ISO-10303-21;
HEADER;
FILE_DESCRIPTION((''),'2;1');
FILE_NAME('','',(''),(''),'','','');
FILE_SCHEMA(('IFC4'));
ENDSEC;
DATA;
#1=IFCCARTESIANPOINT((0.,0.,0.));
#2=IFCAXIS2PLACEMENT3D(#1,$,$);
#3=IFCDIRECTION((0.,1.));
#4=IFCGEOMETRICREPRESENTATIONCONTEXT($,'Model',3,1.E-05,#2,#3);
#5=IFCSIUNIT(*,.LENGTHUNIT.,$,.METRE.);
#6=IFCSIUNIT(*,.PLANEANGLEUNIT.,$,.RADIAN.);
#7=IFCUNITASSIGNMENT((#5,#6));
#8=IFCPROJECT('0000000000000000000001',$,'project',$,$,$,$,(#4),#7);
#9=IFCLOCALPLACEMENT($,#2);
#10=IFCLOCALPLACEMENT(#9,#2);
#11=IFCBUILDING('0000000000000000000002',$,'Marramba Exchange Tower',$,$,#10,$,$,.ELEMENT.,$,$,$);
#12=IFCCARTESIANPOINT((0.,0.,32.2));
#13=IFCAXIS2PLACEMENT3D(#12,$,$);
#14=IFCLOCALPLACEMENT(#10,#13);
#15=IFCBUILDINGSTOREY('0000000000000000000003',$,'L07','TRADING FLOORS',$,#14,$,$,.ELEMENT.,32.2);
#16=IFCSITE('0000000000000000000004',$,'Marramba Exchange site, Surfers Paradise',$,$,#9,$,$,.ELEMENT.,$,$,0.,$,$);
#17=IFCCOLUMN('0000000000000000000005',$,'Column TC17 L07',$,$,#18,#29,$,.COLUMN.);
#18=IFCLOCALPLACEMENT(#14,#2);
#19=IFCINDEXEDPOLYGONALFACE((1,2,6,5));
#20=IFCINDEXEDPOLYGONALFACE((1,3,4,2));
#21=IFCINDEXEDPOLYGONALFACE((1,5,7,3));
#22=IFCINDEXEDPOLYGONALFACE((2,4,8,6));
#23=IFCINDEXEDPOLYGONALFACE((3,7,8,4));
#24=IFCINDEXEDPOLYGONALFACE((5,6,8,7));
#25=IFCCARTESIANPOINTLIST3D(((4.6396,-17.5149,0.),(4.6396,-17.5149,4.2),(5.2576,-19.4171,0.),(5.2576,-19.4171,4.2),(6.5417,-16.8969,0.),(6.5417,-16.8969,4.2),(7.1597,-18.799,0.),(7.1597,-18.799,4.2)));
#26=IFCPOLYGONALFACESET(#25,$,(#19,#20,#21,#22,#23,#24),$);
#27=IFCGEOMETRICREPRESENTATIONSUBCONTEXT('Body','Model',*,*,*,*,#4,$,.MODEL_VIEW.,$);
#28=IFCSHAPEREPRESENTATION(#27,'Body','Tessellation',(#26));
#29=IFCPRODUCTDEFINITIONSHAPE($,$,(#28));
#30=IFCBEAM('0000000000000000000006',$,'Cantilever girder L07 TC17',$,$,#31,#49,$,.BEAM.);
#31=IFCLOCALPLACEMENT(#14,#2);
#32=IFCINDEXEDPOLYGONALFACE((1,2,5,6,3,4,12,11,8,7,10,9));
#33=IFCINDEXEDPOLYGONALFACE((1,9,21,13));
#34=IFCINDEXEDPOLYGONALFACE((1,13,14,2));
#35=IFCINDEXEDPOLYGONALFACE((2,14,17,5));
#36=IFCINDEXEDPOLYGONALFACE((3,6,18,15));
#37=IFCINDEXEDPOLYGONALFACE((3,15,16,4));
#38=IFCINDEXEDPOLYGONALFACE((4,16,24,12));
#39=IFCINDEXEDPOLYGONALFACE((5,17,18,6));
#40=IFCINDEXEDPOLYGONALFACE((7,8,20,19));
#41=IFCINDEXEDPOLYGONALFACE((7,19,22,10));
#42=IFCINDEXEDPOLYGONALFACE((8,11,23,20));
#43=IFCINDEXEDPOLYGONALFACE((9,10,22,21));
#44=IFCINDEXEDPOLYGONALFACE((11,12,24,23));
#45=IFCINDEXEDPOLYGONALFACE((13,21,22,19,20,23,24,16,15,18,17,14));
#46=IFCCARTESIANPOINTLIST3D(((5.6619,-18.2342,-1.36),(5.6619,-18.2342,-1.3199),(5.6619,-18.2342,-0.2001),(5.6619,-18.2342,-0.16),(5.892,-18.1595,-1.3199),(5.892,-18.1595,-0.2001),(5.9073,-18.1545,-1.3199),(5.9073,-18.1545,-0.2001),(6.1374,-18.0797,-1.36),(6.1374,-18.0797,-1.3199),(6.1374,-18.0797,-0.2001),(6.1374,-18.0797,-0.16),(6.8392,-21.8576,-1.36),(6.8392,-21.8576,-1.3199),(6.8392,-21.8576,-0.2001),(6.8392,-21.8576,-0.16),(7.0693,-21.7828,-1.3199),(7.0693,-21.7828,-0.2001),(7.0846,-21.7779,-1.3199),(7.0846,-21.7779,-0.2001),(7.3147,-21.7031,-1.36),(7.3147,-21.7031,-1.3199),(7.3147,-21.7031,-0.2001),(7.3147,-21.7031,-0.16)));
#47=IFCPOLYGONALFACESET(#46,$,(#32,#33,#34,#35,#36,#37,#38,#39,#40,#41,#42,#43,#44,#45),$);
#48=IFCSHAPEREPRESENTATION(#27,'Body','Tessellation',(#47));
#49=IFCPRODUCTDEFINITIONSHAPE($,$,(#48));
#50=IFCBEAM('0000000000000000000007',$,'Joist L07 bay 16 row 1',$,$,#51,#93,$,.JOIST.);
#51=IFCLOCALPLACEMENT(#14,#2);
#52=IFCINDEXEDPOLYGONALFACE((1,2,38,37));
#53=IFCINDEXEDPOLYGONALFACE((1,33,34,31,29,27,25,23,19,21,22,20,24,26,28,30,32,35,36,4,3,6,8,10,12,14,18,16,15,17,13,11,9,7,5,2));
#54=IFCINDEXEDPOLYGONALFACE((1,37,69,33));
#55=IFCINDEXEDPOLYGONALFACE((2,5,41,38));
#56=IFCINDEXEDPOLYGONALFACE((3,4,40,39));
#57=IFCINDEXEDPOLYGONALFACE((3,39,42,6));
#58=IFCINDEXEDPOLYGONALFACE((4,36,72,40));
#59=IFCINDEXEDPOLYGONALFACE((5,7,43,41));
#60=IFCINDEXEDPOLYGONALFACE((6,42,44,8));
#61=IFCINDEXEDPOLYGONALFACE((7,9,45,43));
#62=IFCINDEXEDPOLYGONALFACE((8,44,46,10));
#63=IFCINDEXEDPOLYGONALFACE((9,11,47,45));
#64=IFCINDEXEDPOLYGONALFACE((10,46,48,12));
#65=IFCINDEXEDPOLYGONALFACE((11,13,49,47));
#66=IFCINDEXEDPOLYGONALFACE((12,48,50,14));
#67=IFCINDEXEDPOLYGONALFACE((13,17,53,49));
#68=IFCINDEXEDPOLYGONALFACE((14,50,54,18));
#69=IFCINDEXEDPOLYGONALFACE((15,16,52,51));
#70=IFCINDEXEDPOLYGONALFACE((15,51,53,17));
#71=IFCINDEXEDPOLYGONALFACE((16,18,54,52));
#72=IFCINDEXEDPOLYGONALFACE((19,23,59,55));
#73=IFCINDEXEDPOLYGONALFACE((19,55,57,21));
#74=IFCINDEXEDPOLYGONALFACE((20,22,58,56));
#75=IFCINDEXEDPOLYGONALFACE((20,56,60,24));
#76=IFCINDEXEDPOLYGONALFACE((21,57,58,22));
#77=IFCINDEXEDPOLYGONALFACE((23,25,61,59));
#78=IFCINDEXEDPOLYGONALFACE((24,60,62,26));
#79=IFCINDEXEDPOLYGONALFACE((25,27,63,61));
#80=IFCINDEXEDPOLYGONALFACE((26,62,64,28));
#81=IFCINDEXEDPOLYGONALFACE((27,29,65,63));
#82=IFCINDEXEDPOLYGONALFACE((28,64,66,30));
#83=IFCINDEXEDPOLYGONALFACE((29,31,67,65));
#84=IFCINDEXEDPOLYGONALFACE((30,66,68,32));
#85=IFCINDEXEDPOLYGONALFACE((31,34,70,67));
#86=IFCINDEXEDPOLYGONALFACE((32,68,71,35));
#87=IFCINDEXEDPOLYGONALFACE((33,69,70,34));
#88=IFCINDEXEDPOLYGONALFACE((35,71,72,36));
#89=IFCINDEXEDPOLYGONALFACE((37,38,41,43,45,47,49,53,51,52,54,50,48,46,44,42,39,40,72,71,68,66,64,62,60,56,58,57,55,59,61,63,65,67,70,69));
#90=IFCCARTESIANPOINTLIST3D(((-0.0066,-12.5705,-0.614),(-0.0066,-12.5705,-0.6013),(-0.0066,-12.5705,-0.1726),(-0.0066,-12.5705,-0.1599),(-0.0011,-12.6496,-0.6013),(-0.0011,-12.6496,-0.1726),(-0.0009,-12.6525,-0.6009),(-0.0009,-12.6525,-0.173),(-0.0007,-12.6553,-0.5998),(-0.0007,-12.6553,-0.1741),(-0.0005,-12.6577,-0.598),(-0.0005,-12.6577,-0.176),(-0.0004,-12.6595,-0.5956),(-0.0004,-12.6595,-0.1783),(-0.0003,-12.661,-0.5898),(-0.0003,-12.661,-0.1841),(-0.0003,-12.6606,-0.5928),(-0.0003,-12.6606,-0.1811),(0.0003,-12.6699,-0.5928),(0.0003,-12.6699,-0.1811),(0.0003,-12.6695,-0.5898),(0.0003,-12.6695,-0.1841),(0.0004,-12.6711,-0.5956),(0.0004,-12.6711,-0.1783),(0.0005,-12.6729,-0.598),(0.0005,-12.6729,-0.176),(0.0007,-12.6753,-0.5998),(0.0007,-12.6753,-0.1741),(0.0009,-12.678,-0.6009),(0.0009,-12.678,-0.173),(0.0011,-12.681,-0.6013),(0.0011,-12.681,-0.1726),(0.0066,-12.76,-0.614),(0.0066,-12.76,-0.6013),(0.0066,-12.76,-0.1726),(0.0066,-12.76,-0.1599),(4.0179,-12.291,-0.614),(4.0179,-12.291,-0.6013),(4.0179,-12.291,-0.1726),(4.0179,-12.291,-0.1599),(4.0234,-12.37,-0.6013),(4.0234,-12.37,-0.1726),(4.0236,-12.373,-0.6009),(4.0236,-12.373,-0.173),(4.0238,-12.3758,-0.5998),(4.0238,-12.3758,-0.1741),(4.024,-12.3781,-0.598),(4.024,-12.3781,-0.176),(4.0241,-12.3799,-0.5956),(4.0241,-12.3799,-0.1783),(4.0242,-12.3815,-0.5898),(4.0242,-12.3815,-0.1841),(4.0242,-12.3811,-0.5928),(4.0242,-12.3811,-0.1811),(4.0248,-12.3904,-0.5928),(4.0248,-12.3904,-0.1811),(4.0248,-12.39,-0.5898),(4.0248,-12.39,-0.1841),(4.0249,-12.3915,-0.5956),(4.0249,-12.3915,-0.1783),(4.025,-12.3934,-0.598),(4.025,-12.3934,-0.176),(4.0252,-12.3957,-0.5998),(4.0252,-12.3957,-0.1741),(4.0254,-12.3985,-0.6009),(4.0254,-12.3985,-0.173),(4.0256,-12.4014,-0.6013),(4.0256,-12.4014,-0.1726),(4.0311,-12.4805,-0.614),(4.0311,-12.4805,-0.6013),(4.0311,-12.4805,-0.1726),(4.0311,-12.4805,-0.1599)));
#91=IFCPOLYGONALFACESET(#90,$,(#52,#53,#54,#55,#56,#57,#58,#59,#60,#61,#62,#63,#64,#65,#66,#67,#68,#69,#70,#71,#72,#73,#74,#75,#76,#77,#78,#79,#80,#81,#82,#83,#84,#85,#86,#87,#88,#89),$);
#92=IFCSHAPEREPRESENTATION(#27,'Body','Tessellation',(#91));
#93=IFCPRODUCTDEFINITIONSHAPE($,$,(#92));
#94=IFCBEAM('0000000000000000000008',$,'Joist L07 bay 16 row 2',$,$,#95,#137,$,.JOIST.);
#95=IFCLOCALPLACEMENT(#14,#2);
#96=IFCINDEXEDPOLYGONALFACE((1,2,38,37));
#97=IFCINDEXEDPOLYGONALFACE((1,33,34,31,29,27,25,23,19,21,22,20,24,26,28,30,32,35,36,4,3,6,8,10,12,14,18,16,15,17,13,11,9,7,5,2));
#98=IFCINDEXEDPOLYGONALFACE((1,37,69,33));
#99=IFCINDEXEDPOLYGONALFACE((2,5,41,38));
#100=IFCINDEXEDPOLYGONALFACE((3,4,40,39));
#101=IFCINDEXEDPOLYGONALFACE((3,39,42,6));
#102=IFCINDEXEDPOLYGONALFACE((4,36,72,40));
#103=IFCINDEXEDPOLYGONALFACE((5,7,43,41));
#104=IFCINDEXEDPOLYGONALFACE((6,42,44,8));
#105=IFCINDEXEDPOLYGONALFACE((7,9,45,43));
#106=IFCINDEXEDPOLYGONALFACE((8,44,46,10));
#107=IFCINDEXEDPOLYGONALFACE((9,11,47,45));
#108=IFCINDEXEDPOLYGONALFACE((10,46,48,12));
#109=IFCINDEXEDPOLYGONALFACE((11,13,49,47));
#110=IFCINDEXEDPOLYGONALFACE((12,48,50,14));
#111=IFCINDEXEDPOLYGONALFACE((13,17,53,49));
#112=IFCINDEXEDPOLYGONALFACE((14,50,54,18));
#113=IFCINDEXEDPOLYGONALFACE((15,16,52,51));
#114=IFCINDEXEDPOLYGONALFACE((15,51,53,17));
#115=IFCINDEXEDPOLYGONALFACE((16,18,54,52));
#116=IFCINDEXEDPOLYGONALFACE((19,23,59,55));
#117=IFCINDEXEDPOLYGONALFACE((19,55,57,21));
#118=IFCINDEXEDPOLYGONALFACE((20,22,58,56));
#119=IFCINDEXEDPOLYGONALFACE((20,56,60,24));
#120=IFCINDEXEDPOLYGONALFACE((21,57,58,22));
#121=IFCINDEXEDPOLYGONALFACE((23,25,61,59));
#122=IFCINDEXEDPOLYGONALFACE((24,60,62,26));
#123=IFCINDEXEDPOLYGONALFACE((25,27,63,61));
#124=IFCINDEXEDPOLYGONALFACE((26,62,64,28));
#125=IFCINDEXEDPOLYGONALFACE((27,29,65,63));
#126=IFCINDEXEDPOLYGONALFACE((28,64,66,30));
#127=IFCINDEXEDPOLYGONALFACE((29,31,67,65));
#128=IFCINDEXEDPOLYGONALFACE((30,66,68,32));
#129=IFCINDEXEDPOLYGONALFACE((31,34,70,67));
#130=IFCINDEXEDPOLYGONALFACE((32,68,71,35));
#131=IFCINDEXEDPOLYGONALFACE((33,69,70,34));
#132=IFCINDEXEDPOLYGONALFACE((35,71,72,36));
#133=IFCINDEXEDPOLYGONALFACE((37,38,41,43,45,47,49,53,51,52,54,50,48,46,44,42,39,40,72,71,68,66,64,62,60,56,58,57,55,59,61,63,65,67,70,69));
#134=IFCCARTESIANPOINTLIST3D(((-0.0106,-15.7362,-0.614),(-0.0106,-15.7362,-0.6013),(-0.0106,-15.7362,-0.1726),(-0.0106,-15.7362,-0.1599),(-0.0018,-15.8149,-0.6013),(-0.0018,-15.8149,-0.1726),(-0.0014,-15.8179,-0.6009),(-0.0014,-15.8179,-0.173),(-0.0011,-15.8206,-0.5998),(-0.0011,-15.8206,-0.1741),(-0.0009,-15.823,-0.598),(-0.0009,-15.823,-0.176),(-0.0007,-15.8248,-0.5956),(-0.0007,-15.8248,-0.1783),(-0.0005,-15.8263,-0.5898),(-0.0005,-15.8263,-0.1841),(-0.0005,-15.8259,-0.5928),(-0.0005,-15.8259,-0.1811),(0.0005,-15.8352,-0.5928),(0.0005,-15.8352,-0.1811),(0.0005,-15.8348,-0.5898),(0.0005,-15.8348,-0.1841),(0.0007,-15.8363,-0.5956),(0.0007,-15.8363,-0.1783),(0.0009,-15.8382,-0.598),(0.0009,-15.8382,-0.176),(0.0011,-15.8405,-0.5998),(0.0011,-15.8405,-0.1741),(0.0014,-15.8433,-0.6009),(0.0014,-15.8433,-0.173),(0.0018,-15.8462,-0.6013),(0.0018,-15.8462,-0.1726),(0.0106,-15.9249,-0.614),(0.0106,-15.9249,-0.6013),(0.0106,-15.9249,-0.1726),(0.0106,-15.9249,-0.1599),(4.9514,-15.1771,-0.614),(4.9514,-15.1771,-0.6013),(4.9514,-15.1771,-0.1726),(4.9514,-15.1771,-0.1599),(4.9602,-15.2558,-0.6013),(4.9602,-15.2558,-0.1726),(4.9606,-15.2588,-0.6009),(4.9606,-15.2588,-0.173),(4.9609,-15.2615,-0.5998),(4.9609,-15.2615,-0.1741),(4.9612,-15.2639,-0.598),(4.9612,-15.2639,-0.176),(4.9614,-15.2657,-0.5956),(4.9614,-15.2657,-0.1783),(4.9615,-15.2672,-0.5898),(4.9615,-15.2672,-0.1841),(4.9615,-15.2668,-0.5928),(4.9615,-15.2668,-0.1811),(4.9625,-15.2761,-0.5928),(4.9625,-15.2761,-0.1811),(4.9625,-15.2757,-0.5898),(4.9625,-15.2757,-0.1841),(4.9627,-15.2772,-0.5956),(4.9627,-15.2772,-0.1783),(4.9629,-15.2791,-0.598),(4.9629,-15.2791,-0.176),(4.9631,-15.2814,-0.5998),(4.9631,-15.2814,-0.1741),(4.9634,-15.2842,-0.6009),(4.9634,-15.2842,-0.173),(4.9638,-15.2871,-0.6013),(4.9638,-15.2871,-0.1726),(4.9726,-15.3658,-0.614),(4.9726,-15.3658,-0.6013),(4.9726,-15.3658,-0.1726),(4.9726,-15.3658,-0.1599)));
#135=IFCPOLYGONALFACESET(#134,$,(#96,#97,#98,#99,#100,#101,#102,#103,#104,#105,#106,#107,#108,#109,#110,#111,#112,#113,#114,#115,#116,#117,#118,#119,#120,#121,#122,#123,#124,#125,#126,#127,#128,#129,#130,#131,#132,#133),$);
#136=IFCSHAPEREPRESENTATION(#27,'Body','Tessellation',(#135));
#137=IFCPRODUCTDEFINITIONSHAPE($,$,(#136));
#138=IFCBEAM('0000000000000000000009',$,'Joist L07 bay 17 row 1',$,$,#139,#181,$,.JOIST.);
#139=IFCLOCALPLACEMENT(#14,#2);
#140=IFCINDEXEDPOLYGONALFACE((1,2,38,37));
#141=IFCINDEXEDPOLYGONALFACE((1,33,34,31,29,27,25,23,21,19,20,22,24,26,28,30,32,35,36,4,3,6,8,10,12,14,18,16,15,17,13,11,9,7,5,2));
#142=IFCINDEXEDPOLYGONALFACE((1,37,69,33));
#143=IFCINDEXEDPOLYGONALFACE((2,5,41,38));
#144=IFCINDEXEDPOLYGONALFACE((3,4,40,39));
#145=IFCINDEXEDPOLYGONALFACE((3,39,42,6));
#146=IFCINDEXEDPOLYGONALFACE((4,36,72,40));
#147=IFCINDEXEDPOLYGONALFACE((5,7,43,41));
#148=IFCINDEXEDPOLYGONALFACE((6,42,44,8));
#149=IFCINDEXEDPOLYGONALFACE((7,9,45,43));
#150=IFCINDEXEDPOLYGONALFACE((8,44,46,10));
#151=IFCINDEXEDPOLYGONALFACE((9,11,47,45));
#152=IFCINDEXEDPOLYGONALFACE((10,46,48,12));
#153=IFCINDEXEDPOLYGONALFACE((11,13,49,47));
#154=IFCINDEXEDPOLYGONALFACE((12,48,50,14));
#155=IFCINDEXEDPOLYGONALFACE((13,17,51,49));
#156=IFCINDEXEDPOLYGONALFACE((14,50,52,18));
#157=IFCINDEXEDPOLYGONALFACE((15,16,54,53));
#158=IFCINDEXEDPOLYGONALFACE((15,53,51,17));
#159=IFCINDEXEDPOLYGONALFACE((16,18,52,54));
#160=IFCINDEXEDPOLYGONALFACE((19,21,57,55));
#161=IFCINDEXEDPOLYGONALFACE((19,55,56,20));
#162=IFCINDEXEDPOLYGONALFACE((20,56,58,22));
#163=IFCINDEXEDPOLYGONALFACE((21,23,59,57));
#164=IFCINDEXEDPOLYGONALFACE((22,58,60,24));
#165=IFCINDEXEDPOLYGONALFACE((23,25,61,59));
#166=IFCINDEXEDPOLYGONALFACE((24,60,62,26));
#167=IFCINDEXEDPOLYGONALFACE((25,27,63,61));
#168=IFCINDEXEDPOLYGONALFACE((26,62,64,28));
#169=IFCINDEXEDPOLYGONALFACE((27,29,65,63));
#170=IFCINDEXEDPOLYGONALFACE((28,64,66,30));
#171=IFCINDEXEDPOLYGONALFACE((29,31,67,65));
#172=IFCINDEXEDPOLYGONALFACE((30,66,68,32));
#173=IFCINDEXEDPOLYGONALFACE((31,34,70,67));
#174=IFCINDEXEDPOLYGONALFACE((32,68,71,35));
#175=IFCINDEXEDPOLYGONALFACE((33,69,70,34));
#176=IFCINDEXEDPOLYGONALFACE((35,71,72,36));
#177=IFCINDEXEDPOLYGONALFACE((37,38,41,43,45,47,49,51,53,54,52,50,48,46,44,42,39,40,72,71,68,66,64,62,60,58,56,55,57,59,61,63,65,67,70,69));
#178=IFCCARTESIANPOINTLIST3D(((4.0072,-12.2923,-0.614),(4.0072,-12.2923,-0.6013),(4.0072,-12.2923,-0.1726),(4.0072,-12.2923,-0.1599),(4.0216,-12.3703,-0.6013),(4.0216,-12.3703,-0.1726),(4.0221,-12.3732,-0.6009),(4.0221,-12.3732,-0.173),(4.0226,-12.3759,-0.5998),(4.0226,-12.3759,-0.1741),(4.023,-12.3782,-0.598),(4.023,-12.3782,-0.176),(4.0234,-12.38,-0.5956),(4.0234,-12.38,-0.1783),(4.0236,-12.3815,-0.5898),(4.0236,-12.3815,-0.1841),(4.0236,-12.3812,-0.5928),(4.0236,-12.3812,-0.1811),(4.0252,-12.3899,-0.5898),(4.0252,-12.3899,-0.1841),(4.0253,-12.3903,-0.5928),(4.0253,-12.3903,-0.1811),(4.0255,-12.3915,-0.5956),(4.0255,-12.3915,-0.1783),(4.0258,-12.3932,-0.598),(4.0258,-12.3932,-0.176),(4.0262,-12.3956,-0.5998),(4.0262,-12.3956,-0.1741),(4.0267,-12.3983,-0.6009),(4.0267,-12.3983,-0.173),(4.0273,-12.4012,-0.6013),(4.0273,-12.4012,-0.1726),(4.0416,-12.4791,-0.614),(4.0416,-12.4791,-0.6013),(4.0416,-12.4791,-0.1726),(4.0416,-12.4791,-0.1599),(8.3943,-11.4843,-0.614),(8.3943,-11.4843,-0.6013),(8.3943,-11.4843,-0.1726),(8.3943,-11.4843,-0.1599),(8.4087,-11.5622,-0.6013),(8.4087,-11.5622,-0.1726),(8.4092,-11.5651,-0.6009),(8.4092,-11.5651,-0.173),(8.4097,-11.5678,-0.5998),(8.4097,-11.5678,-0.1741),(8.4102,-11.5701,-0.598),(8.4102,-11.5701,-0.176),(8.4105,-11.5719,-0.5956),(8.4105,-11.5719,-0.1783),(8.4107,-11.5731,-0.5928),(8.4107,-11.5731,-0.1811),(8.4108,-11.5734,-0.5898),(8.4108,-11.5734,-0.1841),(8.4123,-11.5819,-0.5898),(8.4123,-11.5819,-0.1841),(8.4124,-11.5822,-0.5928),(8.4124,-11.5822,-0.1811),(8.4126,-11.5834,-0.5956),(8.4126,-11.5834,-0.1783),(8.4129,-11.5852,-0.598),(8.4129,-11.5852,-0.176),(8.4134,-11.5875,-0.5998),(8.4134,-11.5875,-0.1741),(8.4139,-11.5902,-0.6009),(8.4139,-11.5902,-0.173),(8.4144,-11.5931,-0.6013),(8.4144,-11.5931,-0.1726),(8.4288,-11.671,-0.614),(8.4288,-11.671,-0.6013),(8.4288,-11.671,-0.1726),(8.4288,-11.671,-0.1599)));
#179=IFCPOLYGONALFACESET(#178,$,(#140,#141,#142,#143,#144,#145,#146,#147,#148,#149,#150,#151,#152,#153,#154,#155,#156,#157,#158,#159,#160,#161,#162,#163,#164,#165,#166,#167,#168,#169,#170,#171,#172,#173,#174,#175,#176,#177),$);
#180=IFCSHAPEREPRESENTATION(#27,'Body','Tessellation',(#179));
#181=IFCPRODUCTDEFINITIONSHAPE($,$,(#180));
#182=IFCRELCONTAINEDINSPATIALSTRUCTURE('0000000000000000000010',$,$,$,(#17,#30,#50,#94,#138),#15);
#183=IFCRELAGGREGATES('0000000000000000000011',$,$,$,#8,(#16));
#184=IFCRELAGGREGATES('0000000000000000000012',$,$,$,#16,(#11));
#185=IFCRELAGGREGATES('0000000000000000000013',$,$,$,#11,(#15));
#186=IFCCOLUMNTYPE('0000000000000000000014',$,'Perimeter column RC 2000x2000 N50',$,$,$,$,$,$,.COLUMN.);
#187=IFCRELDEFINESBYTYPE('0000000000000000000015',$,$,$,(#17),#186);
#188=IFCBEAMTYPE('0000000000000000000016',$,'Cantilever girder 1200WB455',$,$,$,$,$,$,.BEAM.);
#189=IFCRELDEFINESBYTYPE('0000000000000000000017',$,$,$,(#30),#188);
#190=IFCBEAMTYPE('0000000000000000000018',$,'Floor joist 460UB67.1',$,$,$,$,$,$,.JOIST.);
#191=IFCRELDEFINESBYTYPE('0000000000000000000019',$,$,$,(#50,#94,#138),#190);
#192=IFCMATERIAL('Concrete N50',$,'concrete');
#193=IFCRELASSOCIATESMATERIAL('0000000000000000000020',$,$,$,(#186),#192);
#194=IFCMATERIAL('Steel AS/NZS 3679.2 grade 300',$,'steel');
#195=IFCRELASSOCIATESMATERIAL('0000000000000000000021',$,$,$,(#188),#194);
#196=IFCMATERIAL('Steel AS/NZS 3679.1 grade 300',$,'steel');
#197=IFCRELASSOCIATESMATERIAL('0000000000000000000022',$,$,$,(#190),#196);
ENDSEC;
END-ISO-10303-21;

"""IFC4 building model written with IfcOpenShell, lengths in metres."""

from ifc_helpers import new_model, si_unit, direction, frame, origin, origin_2d, place, context, subcontext, project, spatial, rectangle, i_section, extrude, material, material_profile, profile_set, type_object, element, save


model = new_model("IFC4")

# Units and contexts
model_context = context("Model", 3, precision=1e-05, world=origin(), true_north=direction((0.0, 1.0)))
body_context = subcontext(model_context, "Body", "Model", "MODEL_VIEW")
ifc_project = project(units=[si_unit("LENGTHUNIT", "METRE"), si_unit("PLANEANGLEUNIT", "RADIAN")], contexts=[model_context])

# Site, building, storey
site_placement = place(None, origin())
site = spatial("IfcSite", under=ifc_project, at=site_placement, Name="Marramba Exchange site, Surfers Paradise", CompositionType="ELEMENT", RefElevation=0.0)
building_placement = place(site_placement, origin())
building = spatial("IfcBuilding", under=site, at=building_placement, Name="Marramba Exchange Tower", CompositionType="ELEMENT")
storey_placement = place(building_placement, frame((0.0, 0.0, 32.2)))
storey = spatial("IfcBuildingStorey", under=building, at=storey_placement, Name="L07", Description="TRADING FLOORS", CompositionType="ELEMENT", Elevation=32.2)

# Column
ifc_material_1 = material(Name="Concrete N50", Category="concrete")
ifc_material_profile_1 = material_profile(ifc_material_1, rectangle(XDim=2.0, YDim=2.0, at=origin_2d()), Name="RC 2000x2000")
ifc_profile_set_1 = profile_set([ifc_material_profile_1], Name="Concrete N50")
column_type = type_object("IfcColumnType", Name="Perimeter column RC 2000x2000 N50", PredefinedType="COLUMN", material=ifc_profile_set_1)
column_placement = place(storey_placement, frame((5.8997, -18.157, 0.0), z_axis=(0.0, 0.0, 1.0), x_axis=(0.309017, -0.951057, 0.0)))
element("IfcColumn", 1, at=column_placement, inside=storey, type_object=column_type, Name="Column TC17 L07", PredefinedType="COLUMN", context=body_context, shape_type="SweptSolid", body=[
    extrude(rectangle(XDim=2.0, YDim=2.0, at=origin_2d()), origin(), (0.0, 0.0, 1.0), 4.2),
])

# Beams
ifc_material_2 = material(Name="Steel AS/NZS 3679.2 grade 300", Category="steel")
ifc_material_profile_2 = material_profile(ifc_material_2, i_section(OverallWidth=0.5, OverallDepth=1.2, WebThickness=0.0161, FlangeThickness=0.04, at=origin_2d()), Name="1200WB455")
ifc_profile_set_2 = profile_set([ifc_material_profile_2], Name="Steel AS/NZS 3679.2 grade 300")
beam_type_1 = type_object("IfcBeamType", Name="Cantilever girder 1200WB455", PredefinedType="BEAM", material=ifc_profile_set_2)
beam_1_placement = place(storey_placement, frame((5.8997, -18.157, -0.76), z_axis=(0.309009, -0.951059, 0.0), x_axis=(0.951059, 0.309009, 0.0)))
element("IfcBeam", 2, at=beam_1_placement, inside=storey, type_object=beam_type_1, Name="Cantilever girder L07 TC17", PredefinedType="BEAM", context=body_context, shape_type="SweptSolid", body=[
    extrude(i_section(OverallWidth=0.5, OverallDepth=1.2, WebThickness=0.0161, FlangeThickness=0.04, at=origin_2d()), origin(), (0.0, 0.0, 1.0), 3.8098),
])
ifc_material_3 = material(Name="Steel AS/NZS 3679.1 grade 300", Category="steel")
ifc_material_profile_3 = material_profile(ifc_material_3, i_section(OverallWidth=0.1899, OverallDepth=0.4541, WebThickness=0.0085, FlangeThickness=0.0127, FilletRadius=0.0115, at=origin_2d()), Name="460UB67.1")
ifc_profile_set_3 = profile_set([ifc_material_profile_3], Name="Steel AS/NZS 3679.1 grade 300")
beam_type_2 = type_object("IfcBeamType", Name="Floor joist 460UB67.1", PredefinedType="JOIST", material=ifc_profile_set_3)
beam_2_placement = place(storey_placement, frame((0.0, -12.6653, -0.387), z_axis=(0.997596, 0.069294, 0.0), x_axis=(-0.069294, 0.997596, 0.0)))
element("IfcBeam", 3, at=beam_2_placement, inside=storey, type_object=beam_type_2, Name="Joist L07 bay 16 row 1", PredefinedType="JOIST", context=body_context, shape_type="SweptSolid", body=[
    extrude(i_section(OverallWidth=0.1899, OverallDepth=0.4541, WebThickness=0.0085, FlangeThickness=0.0127, FilletRadius=0.0115, at=origin_2d()), origin(), (0.0, 0.0, 1.0), 4.0342),
])
beam_3_placement = place(storey_placement, frame((0.0, -15.8306, -0.387), z_axis=(0.993712, 0.111966, 0.0), x_axis=(-0.111966, 0.993712, 0.0)))
element("IfcBeam", 4, at=beam_3_placement, inside=storey, type_object=beam_type_2, Name="Joist L07 bay 16 row 2", PredefinedType="JOIST", context=body_context, shape_type="SweptSolid", body=[
    extrude(i_section(OverallWidth=0.1899, OverallDepth=0.4541, WebThickness=0.0085, FlangeThickness=0.0127, FilletRadius=0.0115, at=origin_2d()), origin(), (0.0, 0.0, 1.0), 4.9934),
])
beam_4_placement = place(storey_placement, frame((4.0244, -12.3857, -0.387), z_axis=(0.983456, 0.181149, 0.0), x_axis=(-0.181149, 0.983456, 0.0)))
element("IfcBeam", 5, at=beam_4_placement, inside=storey, type_object=beam_type_2, Name="Joist L07 bay 17 row 1", PredefinedType="JOIST", context=body_context, shape_type="SweptSolid", body=[
    extrude(i_section(OverallWidth=0.1899, OverallDepth=0.4541, WebThickness=0.0085, FlangeThickness=0.0127, FilletRadius=0.0115, at=origin_2d()), origin(), (0.0, 0.0, 1.0), 4.4609),
])

save(model, "model.ifc")
